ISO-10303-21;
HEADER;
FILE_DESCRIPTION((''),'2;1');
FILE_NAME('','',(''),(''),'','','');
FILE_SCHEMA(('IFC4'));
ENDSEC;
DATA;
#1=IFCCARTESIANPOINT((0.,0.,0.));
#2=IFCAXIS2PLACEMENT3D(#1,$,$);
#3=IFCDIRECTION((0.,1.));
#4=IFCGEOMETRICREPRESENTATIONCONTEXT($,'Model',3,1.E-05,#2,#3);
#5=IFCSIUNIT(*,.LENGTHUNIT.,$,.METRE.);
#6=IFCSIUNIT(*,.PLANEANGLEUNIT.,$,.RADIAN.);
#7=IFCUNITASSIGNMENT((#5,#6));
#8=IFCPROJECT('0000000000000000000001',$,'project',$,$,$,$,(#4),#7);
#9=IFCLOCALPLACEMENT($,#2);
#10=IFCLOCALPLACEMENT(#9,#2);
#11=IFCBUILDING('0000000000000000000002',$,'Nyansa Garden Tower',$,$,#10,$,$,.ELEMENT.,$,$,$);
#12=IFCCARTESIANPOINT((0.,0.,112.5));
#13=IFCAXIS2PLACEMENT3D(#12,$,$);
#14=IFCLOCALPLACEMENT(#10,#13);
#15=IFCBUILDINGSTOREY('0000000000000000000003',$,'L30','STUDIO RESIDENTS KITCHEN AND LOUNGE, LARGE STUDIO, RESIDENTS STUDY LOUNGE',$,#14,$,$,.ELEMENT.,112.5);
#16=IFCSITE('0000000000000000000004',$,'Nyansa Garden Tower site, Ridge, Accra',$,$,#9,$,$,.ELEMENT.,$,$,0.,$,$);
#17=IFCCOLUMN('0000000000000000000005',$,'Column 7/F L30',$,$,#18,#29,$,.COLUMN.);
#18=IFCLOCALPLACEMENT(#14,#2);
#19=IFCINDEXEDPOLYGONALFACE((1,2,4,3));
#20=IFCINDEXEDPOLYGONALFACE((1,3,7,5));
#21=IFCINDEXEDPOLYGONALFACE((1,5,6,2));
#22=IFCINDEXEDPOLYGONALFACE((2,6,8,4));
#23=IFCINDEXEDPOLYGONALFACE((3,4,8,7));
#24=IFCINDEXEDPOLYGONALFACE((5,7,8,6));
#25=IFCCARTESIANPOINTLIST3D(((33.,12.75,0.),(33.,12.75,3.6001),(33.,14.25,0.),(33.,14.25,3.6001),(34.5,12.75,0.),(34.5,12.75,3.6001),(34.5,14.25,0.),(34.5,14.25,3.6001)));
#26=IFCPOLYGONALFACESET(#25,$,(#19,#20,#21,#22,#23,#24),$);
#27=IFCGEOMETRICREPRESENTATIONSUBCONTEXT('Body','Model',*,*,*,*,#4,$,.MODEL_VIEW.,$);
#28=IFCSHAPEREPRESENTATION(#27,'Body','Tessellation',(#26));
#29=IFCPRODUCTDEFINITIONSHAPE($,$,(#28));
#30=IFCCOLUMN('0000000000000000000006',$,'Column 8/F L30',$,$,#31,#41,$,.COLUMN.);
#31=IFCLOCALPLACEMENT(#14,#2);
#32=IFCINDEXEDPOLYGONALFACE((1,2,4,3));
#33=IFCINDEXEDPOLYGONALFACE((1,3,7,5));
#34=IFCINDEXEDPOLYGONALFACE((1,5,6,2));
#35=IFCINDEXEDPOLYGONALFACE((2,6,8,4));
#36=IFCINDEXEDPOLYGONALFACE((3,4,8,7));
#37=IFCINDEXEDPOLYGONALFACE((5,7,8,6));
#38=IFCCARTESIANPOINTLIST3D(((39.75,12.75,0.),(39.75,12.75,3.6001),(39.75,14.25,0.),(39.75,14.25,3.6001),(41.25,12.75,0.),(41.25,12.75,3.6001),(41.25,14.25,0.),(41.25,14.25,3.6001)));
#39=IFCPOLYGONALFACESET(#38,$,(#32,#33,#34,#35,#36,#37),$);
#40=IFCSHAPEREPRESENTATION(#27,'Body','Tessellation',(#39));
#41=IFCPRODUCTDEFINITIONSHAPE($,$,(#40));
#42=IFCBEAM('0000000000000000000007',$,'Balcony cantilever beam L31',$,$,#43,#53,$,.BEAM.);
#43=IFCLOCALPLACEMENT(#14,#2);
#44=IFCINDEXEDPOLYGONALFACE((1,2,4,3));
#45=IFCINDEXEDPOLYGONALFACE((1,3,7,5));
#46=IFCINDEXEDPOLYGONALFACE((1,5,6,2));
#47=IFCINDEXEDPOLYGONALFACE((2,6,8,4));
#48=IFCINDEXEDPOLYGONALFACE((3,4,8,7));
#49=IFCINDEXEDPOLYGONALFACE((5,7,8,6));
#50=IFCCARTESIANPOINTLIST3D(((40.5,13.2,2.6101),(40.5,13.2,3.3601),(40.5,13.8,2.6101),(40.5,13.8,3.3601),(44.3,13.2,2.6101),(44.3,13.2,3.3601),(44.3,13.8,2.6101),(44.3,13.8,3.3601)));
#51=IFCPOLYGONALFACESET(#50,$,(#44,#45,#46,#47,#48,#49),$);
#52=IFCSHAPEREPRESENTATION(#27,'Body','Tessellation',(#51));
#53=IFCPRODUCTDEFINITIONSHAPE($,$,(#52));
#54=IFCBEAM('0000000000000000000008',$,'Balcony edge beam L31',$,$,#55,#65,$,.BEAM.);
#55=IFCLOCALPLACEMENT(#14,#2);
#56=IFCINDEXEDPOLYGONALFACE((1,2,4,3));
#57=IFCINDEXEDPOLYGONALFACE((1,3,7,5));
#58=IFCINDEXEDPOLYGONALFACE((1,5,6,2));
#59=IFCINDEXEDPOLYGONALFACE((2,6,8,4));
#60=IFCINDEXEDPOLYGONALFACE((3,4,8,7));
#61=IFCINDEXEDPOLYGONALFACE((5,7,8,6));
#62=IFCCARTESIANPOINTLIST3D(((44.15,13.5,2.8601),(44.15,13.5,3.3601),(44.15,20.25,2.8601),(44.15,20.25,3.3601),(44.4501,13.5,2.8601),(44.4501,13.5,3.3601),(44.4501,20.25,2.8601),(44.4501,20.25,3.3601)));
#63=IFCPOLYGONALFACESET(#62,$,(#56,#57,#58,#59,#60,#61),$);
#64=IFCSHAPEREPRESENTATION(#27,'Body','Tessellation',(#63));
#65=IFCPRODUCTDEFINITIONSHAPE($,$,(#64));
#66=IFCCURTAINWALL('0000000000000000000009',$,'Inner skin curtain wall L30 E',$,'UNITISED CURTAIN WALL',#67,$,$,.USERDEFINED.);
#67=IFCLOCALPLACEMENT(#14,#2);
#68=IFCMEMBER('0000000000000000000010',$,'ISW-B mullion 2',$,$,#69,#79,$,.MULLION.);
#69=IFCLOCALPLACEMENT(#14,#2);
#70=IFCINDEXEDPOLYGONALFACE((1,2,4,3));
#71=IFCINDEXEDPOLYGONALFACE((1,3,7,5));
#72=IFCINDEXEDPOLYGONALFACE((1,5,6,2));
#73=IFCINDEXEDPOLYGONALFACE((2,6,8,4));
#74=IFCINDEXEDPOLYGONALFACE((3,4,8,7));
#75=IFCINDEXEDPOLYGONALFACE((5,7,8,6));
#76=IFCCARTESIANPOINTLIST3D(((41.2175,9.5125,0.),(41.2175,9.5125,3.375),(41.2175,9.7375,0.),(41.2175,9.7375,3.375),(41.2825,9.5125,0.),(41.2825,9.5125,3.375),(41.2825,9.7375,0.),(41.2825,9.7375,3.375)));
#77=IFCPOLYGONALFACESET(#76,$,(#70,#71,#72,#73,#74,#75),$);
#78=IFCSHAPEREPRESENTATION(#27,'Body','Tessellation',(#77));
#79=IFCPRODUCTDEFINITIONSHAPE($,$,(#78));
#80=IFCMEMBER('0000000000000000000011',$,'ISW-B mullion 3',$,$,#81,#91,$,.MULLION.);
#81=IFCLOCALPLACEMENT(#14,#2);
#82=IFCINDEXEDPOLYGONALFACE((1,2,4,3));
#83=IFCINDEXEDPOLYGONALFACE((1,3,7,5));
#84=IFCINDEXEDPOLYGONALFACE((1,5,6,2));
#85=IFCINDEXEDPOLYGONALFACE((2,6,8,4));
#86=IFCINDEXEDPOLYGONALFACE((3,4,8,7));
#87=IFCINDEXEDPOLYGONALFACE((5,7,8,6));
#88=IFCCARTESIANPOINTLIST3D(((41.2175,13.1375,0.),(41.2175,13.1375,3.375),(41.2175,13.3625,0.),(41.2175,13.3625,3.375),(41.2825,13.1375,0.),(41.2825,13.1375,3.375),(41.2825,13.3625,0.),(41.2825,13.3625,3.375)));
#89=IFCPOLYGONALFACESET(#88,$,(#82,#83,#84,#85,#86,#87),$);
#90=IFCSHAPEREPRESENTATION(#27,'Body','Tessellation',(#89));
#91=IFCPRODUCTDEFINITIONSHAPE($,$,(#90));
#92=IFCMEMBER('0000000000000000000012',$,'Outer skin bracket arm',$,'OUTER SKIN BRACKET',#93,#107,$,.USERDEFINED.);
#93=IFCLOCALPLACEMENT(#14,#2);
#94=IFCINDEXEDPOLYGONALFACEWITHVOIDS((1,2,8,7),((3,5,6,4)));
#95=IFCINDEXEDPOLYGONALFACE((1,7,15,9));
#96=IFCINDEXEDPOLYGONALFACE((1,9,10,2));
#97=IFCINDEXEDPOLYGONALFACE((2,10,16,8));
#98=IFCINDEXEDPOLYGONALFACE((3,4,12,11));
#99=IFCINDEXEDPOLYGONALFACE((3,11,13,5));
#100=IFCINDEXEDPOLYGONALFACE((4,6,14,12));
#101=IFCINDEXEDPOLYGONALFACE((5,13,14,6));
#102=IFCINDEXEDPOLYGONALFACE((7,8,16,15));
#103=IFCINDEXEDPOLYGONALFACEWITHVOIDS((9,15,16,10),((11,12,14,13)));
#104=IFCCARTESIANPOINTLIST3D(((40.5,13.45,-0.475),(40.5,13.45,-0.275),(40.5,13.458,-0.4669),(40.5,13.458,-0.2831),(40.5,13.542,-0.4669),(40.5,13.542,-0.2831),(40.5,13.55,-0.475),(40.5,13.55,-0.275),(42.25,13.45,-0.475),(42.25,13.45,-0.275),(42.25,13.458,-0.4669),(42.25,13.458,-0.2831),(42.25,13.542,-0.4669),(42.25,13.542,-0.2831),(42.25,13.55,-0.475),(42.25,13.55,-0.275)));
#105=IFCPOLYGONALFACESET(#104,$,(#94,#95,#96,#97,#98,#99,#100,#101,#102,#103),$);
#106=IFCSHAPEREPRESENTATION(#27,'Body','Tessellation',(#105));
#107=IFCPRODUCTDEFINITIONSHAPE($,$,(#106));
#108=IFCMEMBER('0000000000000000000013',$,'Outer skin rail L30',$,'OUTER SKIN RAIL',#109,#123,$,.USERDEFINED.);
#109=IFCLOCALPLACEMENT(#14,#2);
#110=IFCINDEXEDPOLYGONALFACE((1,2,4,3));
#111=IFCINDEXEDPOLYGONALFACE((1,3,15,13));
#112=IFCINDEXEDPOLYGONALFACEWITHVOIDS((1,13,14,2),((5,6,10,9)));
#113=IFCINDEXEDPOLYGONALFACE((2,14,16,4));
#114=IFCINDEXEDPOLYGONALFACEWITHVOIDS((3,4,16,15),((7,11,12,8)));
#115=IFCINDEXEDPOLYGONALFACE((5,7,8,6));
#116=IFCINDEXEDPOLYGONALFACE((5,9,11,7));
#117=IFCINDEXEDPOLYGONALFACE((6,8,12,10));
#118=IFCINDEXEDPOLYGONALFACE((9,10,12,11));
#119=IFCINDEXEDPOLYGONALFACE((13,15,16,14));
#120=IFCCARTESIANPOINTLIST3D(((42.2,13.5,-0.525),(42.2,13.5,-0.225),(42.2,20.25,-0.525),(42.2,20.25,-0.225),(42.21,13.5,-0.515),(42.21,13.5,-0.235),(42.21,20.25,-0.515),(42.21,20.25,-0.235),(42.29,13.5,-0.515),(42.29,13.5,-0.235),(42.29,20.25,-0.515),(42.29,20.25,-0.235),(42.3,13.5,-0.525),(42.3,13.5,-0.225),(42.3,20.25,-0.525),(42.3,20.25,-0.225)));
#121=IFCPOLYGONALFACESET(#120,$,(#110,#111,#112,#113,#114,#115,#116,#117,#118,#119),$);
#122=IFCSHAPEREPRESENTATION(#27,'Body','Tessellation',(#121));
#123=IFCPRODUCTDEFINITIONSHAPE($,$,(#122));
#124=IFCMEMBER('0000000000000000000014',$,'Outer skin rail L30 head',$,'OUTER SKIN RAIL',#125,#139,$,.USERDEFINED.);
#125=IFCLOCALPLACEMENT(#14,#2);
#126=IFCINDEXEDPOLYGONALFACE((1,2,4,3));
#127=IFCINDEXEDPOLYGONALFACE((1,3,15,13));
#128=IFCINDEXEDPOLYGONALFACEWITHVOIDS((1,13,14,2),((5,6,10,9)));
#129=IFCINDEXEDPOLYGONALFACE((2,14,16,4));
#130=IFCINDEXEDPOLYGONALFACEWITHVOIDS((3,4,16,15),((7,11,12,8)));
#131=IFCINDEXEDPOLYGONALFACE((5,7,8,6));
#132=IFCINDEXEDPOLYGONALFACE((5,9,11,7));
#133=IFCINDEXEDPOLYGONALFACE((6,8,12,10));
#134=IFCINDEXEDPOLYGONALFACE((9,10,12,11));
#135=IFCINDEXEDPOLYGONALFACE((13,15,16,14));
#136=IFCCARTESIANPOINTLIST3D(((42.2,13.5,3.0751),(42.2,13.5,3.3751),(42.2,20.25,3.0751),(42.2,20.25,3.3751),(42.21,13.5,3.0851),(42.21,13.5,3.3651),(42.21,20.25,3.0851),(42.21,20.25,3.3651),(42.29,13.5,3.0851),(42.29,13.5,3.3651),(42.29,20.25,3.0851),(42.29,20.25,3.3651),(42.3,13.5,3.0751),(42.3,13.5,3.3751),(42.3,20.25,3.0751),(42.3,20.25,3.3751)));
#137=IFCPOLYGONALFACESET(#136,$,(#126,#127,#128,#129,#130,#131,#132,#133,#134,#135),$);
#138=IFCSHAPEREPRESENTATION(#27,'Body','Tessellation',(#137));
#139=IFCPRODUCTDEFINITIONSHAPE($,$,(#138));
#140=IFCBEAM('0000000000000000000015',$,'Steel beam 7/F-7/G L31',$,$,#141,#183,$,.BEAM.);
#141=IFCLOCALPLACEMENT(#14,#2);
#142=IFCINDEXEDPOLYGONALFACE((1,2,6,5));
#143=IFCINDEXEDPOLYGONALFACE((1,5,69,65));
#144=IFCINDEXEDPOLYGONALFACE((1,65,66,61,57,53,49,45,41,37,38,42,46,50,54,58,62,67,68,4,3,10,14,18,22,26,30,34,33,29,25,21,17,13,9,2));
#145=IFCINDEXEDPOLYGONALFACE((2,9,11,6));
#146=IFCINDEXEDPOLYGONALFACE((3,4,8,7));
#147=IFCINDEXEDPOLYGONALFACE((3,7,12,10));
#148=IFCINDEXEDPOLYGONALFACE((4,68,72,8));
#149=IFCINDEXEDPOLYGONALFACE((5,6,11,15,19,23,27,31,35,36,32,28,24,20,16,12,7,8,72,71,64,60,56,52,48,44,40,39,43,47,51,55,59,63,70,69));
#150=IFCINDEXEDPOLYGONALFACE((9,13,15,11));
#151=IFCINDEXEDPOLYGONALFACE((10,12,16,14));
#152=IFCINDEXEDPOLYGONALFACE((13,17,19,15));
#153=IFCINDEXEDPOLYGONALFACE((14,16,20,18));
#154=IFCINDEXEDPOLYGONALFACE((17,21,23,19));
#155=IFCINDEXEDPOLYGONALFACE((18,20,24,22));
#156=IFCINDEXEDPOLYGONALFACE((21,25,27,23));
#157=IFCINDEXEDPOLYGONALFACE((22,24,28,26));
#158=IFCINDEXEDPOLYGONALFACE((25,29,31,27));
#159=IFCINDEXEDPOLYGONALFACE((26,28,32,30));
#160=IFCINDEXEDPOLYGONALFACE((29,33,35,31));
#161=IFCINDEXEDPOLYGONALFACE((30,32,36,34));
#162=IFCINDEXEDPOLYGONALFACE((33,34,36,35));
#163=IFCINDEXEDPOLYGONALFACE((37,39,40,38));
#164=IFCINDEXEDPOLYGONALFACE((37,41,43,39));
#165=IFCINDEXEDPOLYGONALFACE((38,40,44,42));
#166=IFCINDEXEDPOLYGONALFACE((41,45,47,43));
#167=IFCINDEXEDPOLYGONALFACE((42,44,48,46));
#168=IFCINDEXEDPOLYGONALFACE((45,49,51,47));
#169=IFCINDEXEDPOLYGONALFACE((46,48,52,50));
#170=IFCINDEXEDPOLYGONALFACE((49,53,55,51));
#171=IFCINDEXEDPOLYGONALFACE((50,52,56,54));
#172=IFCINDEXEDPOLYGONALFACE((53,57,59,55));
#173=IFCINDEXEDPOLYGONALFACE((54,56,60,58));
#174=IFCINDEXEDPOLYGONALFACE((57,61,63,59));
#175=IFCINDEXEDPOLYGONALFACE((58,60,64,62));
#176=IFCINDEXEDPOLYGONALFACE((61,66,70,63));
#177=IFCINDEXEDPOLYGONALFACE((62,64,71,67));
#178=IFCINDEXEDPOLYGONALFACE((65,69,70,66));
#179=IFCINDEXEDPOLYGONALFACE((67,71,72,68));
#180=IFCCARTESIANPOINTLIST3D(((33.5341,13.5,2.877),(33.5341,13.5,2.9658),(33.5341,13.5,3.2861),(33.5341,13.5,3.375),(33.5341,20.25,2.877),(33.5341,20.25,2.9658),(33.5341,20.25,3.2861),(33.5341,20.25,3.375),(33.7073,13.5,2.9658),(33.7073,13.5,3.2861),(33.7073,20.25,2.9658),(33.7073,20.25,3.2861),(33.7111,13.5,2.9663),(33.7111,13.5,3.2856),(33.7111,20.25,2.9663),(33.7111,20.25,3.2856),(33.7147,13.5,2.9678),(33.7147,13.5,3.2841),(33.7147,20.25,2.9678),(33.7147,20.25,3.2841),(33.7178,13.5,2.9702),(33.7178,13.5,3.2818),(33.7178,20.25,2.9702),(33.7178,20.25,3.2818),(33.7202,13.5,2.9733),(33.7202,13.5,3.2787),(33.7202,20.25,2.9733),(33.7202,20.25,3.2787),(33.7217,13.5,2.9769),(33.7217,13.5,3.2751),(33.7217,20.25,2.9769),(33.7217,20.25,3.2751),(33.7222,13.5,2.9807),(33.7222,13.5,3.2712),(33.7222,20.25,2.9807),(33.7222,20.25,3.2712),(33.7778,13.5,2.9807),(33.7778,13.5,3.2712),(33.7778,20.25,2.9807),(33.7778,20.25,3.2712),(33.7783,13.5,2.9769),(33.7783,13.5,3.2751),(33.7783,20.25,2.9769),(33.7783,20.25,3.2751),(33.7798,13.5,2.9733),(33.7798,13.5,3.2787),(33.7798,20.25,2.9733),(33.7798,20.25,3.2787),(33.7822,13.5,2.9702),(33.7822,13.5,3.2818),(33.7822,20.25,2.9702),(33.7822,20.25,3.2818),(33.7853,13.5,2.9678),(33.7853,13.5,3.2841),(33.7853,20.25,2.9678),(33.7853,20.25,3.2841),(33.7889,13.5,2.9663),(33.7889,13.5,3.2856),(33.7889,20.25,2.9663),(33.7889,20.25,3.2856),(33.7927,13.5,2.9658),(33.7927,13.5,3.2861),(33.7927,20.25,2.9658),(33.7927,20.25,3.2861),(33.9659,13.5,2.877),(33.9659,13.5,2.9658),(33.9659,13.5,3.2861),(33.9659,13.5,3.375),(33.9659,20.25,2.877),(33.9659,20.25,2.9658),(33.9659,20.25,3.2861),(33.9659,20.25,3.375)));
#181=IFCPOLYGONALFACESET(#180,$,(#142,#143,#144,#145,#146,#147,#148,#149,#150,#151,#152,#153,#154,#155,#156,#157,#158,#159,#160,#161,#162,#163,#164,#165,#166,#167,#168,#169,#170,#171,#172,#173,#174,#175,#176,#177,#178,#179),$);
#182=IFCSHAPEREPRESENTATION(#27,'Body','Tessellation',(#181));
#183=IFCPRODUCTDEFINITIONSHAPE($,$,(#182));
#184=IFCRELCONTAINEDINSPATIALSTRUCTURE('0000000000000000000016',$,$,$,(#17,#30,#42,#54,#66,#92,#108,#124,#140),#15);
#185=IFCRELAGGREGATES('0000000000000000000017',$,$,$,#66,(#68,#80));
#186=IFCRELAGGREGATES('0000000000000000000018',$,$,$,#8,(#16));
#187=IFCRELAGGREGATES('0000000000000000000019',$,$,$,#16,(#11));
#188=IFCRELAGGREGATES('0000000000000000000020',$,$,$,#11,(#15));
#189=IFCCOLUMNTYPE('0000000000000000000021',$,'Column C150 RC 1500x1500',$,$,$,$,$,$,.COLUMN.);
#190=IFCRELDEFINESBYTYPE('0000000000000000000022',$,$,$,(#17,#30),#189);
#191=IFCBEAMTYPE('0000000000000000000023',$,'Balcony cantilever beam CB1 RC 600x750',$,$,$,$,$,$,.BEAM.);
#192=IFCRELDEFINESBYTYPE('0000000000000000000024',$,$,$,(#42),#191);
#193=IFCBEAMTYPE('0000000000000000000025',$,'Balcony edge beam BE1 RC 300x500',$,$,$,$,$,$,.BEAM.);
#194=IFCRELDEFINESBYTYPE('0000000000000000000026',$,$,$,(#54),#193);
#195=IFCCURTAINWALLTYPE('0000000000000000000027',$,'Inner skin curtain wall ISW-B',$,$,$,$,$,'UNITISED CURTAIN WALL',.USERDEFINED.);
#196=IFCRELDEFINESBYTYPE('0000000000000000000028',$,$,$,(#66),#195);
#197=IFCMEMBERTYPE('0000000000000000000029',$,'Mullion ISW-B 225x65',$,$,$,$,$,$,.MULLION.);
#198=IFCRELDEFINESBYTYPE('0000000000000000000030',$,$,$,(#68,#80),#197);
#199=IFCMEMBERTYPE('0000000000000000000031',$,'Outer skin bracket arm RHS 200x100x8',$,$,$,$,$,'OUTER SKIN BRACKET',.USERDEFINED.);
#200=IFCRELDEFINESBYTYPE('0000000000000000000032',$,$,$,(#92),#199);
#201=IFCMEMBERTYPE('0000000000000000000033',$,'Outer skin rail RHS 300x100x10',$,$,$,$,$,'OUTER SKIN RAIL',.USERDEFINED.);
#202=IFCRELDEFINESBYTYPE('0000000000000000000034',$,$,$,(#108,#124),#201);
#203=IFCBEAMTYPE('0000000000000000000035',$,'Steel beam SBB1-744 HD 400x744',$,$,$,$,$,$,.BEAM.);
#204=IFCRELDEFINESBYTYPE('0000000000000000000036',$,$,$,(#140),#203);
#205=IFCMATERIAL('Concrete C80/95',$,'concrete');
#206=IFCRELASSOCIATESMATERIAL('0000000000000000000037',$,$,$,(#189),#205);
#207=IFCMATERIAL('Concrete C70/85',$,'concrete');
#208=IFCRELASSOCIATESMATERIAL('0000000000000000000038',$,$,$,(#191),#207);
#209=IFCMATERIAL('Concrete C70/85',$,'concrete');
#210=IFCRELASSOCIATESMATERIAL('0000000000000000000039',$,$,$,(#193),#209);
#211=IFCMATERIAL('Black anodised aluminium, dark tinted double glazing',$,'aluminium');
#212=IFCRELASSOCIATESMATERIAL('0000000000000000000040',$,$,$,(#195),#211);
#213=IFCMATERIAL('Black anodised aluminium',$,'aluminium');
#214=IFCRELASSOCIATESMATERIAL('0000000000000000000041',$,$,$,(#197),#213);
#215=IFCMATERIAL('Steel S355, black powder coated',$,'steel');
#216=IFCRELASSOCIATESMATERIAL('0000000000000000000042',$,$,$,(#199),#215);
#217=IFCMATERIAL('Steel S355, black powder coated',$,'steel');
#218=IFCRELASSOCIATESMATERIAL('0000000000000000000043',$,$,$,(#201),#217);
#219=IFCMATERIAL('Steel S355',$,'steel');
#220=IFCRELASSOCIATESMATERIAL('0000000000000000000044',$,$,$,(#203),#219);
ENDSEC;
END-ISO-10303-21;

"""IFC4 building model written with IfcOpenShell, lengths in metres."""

from ifc_helpers import new_model, si_unit, direction, frame, origin, origin_2d, place, context, subcontext, project, spatial, rectangle, hollow_rectangle, i_section, extrude, material, material_profile, profile_set, type_object, element, aggregate, save


model = new_model("IFC4")

# Units and contexts
model_context = context("Model", 3, precision=1e-05, world=origin(), true_north=direction((0.0, 1.0)))
body_context = subcontext(model_context, "Body", "Model", "MODEL_VIEW")
ifc_project = project(units=[si_unit("LENGTHUNIT", "METRE"), si_unit("PLANEANGLEUNIT", "RADIAN")], contexts=[model_context])

# Site, building, storey
site_placement = place(None, origin())
site = spatial("IfcSite", under=ifc_project, at=site_placement, Name="Nyansa Garden Tower site, Ridge, Accra", CompositionType="ELEMENT", RefElevation=0.0)
building_placement = place(site_placement, origin())
building = spatial("IfcBuilding", under=site, at=building_placement, Name="Nyansa Garden Tower", CompositionType="ELEMENT")
storey_placement = place(building_placement, frame((0.0, 0.0, 112.5)))
storey = spatial("IfcBuildingStorey", under=building, at=storey_placement, Name="L30", Description="STUDIO RESIDENTS KITCHEN AND LOUNGE, LARGE STUDIO, RESIDENTS STUDY LOUNGE", CompositionType="ELEMENT", Elevation=112.5)

# Columns
ifc_material_1 = material(Name="Concrete C80/95", Category="concrete")
ifc_material_profile_1 = material_profile(ifc_material_1, rectangle(XDim=1.5, YDim=1.5, at=origin_2d()), Name="RC 1500x1500")
ifc_profile_set_1 = profile_set([ifc_material_profile_1], Name="Concrete C80/95")
column_type = type_object("IfcColumnType", Name="Column C150 RC 1500x1500", PredefinedType="COLUMN", material=ifc_profile_set_1)
for number, where, z_axis, x_axis, name in (
    (1, (33.75, 13.5, 0.0), (0.0, 0.0, 1.0), (1.0, 0.0, 0.0), "Column 7/F L30"),
    (2, (40.5, 13.5, 0.0), (0.0, 0.0, 1.0), (1.0, 0.0, 0.0), "Column 8/F L30"),
):
    element("IfcColumn", number, at=place(storey_placement, frame(where, z_axis=z_axis, x_axis=x_axis)), inside=storey, type_object=column_type, Name=name, PredefinedType="COLUMN", context=body_context, shape_type="SweptSolid", body=[
        extrude(rectangle(XDim=1.5, YDim=1.5, at=origin_2d()), origin(), (0.0, 0.0, 1.0), 3.6001),
    ])

# Beams
ifc_material_2 = material(Name="Concrete C70/85", Category="concrete")
ifc_material_profile_2 = material_profile(ifc_material_2, rectangle(XDim=0.6001, YDim=0.75, at=origin_2d()), Name="RC 600x750")
ifc_profile_set_2 = profile_set([ifc_material_profile_2], Name="Concrete C70/85")
beam_type_1 = type_object("IfcBeamType", Name="Balcony cantilever beam CB1 RC 600x750", PredefinedType="BEAM", material=ifc_profile_set_2)
beam_1_placement = place(storey_placement, frame((40.5, 13.5, 2.9851), z_axis=(1.0, 0.0, 0.0), x_axis=(0.0, 1.0, 0.0)))
element("IfcBeam", 3, at=beam_1_placement, inside=storey, type_object=beam_type_1, Name="Balcony cantilever beam L31", PredefinedType="BEAM", context=body_context, shape_type="SweptSolid", body=[
    extrude(rectangle(XDim=0.6001, YDim=0.75, at=origin_2d()), origin(), (0.0, 0.0, 1.0), 3.8),
])
ifc_material_3 = material(Name="Concrete C70/85", Category="concrete")
ifc_material_profile_3 = material_profile(ifc_material_3, rectangle(XDim=0.3, YDim=0.5, at=origin_2d()), Name="RC 300x500")
ifc_profile_set_3 = profile_set([ifc_material_profile_3], Name="Concrete C70/85")
beam_type_2 = type_object("IfcBeamType", Name="Balcony edge beam BE1 RC 300x500", PredefinedType="BEAM", material=ifc_profile_set_3)
beam_2_placement = place(storey_placement, frame((44.3, 13.5, 3.1101), z_axis=(0.0, 1.0, 0.0), x_axis=(-1.0, 0.0, 0.0)))
element("IfcBeam", 4, at=beam_2_placement, inside=storey, type_object=beam_type_2, Name="Balcony edge beam L31", PredefinedType="BEAM", context=body_context, shape_type="SweptSolid", body=[
    extrude(rectangle(XDim=0.3, YDim=0.5, at=origin_2d()), origin(), (0.0, 0.0, 1.0), 6.75),
])

# Curtain wall, members
ifc_material_4 = material(Name="Black anodised aluminium, dark tinted double glazing", Category="aluminium")
curtain_wall_type = type_object("IfcCurtainWallType", Name="Inner skin curtain wall ISW-B", ElementType="UNITISED CURTAIN WALL", PredefinedType="USERDEFINED", material=ifc_material_4)
curtain_wall_placement = place(storey_placement, origin())
curtain_wall = element("IfcCurtainWall", 5, at=curtain_wall_placement, inside=storey, type_object=curtain_wall_type, Name="Inner skin curtain wall L30 E", ObjectType="UNITISED CURTAIN WALL", PredefinedType="USERDEFINED")
ifc_material_5 = material(Name="Black anodised aluminium", Category="aluminium")
ifc_material_profile_4 = material_profile(ifc_material_5, rectangle(XDim=0.0649, YDim=0.2251, at=origin_2d()), Name="Mullion 225x65")
ifc_profile_set_4 = profile_set([ifc_material_profile_4], Name="Black anodised aluminium")
member_type_1 = type_object("IfcMemberType", Name="Mullion ISW-B 225x65", PredefinedType="MULLION", material=ifc_profile_set_4)
member_1_placement = place(storey_placement, frame((41.25, 9.625, 0.0), z_axis=(0.0, 0.0, 1.0), x_axis=(-1.0, 0.0, 0.0)))
member_1 = element("IfcMember", 6, at=member_1_placement, type_object=member_type_1, Name="ISW-B mullion 2", PredefinedType="MULLION", context=body_context, shape_type="SweptSolid", body=[
    extrude(rectangle(XDim=0.0649, YDim=0.2251, at=origin_2d()), origin(), (0.0, 0.0, 1.0), 3.375),
])
member_2_placement = place(storey_placement, frame((41.25, 13.25, 0.0), z_axis=(0.0, 0.0, 1.0), x_axis=(-1.0, 0.0, 0.0)))
member_2 = element("IfcMember", 7, at=member_2_placement, type_object=member_type_1, Name="ISW-B mullion 3", PredefinedType="MULLION", context=body_context, shape_type="SweptSolid", body=[
    extrude(rectangle(XDim=0.0649, YDim=0.2251, at=origin_2d()), origin(), (0.0, 0.0, 1.0), 3.375),
])

# Members
ifc_material_6 = material(Name="Steel S355, black powder coated", Category="steel")
ifc_material_profile_5 = material_profile(ifc_material_6, hollow_rectangle(XDim=0.1001, YDim=0.2, WallThickness=0.0081, at=origin_2d()), Name="RHS 200x100x8")
ifc_profile_set_5 = profile_set([ifc_material_profile_5], Name="Steel S355, black powder coated")
member_type_2 = type_object("IfcMemberType", Name="Outer skin bracket arm RHS 200x100x8", ElementType="OUTER SKIN BRACKET", PredefinedType="USERDEFINED", material=ifc_profile_set_5)
member_3_placement = place(storey_placement, frame((40.5, 13.5, -0.375), z_axis=(1.0, 0.0, 0.0), x_axis=(0.0, 1.0, 0.0)))
element("IfcMember", 8, at=member_3_placement, inside=storey, type_object=member_type_2, Name="Outer skin bracket arm", ObjectType="OUTER SKIN BRACKET", PredefinedType="USERDEFINED", context=body_context, shape_type="SweptSolid", body=[
    extrude(hollow_rectangle(XDim=0.1001, YDim=0.2, WallThickness=0.0081, at=origin_2d()), origin(), (0.0, 0.0, 1.0), 1.75),
])
ifc_material_7 = material(Name="Steel S355, black powder coated", Category="steel")
ifc_material_profile_6 = material_profile(ifc_material_7, hollow_rectangle(XDim=0.1001, YDim=0.3, WallThickness=0.01, at=origin_2d()), Name="RHS 300x100x10")
ifc_profile_set_6 = profile_set([ifc_material_profile_6], Name="Steel S355, black powder coated")
member_type_3 = type_object("IfcMemberType", Name="Outer skin rail RHS 300x100x10", ElementType="OUTER SKIN RAIL", PredefinedType="USERDEFINED", material=ifc_profile_set_6)
for number, where, z_axis, x_axis, name in (
    (9, (42.25, 13.5, -0.375), (0.0, 1.0, 0.0), (-1.0, 0.0, 0.0), "Outer skin rail L30"),
    (10, (42.25, 13.5, 3.2251), (0.0, 1.0, 0.0), (-1.0, 0.0, 0.0), "Outer skin rail L30 head"),
):
    element("IfcMember", number, at=place(storey_placement, frame(where, z_axis=z_axis, x_axis=x_axis)), inside=storey, type_object=member_type_3, Name=name, ObjectType="OUTER SKIN RAIL", PredefinedType="USERDEFINED", context=body_context, shape_type="SweptSolid", body=[
        extrude(hollow_rectangle(XDim=0.1001, YDim=0.3, WallThickness=0.01, at=origin_2d()), origin(), (0.0, 0.0, 1.0), 6.75),
    ])

# Beam
ifc_material_8 = material(Name="Steel S355", Category="steel")
ifc_material_profile_7 = material_profile(ifc_material_8, i_section(OverallWidth=0.4319, OverallDepth=0.498, WebThickness=0.0557, FlangeThickness=0.0889, FilletRadius=0.0149, at=origin_2d()), Name="HD 400x744")
ifc_profile_set_7 = profile_set([ifc_material_profile_7], Name="Steel S355")
beam_type_3 = type_object("IfcBeamType", Name="Steel beam SBB1-744 HD 400x744", PredefinedType="BEAM", material=ifc_profile_set_7)
for number, where, z_axis, x_axis, name in (
    (11, (33.75, 13.5, 3.126), (0.0, 1.0, 0.0), (-1.0, 0.0, 0.0), "Steel beam 7/F-7/G L31"),
):
    element("IfcBeam", number, at=place(storey_placement, frame(where, z_axis=z_axis, x_axis=x_axis)), inside=storey, type_object=beam_type_3, Name=name, PredefinedType="BEAM", context=body_context, shape_type="SweptSolid", body=[
        extrude(i_section(OverallWidth=0.4319, OverallDepth=0.498, WebThickness=0.0557, FlangeThickness=0.0889, FilletRadius=0.0149, at=origin_2d()), origin(), (0.0, 0.0, 1.0), 6.75),
    ])

aggregate(curtain_wall, [member_1, member_2])

save(model, "model.ifc")
